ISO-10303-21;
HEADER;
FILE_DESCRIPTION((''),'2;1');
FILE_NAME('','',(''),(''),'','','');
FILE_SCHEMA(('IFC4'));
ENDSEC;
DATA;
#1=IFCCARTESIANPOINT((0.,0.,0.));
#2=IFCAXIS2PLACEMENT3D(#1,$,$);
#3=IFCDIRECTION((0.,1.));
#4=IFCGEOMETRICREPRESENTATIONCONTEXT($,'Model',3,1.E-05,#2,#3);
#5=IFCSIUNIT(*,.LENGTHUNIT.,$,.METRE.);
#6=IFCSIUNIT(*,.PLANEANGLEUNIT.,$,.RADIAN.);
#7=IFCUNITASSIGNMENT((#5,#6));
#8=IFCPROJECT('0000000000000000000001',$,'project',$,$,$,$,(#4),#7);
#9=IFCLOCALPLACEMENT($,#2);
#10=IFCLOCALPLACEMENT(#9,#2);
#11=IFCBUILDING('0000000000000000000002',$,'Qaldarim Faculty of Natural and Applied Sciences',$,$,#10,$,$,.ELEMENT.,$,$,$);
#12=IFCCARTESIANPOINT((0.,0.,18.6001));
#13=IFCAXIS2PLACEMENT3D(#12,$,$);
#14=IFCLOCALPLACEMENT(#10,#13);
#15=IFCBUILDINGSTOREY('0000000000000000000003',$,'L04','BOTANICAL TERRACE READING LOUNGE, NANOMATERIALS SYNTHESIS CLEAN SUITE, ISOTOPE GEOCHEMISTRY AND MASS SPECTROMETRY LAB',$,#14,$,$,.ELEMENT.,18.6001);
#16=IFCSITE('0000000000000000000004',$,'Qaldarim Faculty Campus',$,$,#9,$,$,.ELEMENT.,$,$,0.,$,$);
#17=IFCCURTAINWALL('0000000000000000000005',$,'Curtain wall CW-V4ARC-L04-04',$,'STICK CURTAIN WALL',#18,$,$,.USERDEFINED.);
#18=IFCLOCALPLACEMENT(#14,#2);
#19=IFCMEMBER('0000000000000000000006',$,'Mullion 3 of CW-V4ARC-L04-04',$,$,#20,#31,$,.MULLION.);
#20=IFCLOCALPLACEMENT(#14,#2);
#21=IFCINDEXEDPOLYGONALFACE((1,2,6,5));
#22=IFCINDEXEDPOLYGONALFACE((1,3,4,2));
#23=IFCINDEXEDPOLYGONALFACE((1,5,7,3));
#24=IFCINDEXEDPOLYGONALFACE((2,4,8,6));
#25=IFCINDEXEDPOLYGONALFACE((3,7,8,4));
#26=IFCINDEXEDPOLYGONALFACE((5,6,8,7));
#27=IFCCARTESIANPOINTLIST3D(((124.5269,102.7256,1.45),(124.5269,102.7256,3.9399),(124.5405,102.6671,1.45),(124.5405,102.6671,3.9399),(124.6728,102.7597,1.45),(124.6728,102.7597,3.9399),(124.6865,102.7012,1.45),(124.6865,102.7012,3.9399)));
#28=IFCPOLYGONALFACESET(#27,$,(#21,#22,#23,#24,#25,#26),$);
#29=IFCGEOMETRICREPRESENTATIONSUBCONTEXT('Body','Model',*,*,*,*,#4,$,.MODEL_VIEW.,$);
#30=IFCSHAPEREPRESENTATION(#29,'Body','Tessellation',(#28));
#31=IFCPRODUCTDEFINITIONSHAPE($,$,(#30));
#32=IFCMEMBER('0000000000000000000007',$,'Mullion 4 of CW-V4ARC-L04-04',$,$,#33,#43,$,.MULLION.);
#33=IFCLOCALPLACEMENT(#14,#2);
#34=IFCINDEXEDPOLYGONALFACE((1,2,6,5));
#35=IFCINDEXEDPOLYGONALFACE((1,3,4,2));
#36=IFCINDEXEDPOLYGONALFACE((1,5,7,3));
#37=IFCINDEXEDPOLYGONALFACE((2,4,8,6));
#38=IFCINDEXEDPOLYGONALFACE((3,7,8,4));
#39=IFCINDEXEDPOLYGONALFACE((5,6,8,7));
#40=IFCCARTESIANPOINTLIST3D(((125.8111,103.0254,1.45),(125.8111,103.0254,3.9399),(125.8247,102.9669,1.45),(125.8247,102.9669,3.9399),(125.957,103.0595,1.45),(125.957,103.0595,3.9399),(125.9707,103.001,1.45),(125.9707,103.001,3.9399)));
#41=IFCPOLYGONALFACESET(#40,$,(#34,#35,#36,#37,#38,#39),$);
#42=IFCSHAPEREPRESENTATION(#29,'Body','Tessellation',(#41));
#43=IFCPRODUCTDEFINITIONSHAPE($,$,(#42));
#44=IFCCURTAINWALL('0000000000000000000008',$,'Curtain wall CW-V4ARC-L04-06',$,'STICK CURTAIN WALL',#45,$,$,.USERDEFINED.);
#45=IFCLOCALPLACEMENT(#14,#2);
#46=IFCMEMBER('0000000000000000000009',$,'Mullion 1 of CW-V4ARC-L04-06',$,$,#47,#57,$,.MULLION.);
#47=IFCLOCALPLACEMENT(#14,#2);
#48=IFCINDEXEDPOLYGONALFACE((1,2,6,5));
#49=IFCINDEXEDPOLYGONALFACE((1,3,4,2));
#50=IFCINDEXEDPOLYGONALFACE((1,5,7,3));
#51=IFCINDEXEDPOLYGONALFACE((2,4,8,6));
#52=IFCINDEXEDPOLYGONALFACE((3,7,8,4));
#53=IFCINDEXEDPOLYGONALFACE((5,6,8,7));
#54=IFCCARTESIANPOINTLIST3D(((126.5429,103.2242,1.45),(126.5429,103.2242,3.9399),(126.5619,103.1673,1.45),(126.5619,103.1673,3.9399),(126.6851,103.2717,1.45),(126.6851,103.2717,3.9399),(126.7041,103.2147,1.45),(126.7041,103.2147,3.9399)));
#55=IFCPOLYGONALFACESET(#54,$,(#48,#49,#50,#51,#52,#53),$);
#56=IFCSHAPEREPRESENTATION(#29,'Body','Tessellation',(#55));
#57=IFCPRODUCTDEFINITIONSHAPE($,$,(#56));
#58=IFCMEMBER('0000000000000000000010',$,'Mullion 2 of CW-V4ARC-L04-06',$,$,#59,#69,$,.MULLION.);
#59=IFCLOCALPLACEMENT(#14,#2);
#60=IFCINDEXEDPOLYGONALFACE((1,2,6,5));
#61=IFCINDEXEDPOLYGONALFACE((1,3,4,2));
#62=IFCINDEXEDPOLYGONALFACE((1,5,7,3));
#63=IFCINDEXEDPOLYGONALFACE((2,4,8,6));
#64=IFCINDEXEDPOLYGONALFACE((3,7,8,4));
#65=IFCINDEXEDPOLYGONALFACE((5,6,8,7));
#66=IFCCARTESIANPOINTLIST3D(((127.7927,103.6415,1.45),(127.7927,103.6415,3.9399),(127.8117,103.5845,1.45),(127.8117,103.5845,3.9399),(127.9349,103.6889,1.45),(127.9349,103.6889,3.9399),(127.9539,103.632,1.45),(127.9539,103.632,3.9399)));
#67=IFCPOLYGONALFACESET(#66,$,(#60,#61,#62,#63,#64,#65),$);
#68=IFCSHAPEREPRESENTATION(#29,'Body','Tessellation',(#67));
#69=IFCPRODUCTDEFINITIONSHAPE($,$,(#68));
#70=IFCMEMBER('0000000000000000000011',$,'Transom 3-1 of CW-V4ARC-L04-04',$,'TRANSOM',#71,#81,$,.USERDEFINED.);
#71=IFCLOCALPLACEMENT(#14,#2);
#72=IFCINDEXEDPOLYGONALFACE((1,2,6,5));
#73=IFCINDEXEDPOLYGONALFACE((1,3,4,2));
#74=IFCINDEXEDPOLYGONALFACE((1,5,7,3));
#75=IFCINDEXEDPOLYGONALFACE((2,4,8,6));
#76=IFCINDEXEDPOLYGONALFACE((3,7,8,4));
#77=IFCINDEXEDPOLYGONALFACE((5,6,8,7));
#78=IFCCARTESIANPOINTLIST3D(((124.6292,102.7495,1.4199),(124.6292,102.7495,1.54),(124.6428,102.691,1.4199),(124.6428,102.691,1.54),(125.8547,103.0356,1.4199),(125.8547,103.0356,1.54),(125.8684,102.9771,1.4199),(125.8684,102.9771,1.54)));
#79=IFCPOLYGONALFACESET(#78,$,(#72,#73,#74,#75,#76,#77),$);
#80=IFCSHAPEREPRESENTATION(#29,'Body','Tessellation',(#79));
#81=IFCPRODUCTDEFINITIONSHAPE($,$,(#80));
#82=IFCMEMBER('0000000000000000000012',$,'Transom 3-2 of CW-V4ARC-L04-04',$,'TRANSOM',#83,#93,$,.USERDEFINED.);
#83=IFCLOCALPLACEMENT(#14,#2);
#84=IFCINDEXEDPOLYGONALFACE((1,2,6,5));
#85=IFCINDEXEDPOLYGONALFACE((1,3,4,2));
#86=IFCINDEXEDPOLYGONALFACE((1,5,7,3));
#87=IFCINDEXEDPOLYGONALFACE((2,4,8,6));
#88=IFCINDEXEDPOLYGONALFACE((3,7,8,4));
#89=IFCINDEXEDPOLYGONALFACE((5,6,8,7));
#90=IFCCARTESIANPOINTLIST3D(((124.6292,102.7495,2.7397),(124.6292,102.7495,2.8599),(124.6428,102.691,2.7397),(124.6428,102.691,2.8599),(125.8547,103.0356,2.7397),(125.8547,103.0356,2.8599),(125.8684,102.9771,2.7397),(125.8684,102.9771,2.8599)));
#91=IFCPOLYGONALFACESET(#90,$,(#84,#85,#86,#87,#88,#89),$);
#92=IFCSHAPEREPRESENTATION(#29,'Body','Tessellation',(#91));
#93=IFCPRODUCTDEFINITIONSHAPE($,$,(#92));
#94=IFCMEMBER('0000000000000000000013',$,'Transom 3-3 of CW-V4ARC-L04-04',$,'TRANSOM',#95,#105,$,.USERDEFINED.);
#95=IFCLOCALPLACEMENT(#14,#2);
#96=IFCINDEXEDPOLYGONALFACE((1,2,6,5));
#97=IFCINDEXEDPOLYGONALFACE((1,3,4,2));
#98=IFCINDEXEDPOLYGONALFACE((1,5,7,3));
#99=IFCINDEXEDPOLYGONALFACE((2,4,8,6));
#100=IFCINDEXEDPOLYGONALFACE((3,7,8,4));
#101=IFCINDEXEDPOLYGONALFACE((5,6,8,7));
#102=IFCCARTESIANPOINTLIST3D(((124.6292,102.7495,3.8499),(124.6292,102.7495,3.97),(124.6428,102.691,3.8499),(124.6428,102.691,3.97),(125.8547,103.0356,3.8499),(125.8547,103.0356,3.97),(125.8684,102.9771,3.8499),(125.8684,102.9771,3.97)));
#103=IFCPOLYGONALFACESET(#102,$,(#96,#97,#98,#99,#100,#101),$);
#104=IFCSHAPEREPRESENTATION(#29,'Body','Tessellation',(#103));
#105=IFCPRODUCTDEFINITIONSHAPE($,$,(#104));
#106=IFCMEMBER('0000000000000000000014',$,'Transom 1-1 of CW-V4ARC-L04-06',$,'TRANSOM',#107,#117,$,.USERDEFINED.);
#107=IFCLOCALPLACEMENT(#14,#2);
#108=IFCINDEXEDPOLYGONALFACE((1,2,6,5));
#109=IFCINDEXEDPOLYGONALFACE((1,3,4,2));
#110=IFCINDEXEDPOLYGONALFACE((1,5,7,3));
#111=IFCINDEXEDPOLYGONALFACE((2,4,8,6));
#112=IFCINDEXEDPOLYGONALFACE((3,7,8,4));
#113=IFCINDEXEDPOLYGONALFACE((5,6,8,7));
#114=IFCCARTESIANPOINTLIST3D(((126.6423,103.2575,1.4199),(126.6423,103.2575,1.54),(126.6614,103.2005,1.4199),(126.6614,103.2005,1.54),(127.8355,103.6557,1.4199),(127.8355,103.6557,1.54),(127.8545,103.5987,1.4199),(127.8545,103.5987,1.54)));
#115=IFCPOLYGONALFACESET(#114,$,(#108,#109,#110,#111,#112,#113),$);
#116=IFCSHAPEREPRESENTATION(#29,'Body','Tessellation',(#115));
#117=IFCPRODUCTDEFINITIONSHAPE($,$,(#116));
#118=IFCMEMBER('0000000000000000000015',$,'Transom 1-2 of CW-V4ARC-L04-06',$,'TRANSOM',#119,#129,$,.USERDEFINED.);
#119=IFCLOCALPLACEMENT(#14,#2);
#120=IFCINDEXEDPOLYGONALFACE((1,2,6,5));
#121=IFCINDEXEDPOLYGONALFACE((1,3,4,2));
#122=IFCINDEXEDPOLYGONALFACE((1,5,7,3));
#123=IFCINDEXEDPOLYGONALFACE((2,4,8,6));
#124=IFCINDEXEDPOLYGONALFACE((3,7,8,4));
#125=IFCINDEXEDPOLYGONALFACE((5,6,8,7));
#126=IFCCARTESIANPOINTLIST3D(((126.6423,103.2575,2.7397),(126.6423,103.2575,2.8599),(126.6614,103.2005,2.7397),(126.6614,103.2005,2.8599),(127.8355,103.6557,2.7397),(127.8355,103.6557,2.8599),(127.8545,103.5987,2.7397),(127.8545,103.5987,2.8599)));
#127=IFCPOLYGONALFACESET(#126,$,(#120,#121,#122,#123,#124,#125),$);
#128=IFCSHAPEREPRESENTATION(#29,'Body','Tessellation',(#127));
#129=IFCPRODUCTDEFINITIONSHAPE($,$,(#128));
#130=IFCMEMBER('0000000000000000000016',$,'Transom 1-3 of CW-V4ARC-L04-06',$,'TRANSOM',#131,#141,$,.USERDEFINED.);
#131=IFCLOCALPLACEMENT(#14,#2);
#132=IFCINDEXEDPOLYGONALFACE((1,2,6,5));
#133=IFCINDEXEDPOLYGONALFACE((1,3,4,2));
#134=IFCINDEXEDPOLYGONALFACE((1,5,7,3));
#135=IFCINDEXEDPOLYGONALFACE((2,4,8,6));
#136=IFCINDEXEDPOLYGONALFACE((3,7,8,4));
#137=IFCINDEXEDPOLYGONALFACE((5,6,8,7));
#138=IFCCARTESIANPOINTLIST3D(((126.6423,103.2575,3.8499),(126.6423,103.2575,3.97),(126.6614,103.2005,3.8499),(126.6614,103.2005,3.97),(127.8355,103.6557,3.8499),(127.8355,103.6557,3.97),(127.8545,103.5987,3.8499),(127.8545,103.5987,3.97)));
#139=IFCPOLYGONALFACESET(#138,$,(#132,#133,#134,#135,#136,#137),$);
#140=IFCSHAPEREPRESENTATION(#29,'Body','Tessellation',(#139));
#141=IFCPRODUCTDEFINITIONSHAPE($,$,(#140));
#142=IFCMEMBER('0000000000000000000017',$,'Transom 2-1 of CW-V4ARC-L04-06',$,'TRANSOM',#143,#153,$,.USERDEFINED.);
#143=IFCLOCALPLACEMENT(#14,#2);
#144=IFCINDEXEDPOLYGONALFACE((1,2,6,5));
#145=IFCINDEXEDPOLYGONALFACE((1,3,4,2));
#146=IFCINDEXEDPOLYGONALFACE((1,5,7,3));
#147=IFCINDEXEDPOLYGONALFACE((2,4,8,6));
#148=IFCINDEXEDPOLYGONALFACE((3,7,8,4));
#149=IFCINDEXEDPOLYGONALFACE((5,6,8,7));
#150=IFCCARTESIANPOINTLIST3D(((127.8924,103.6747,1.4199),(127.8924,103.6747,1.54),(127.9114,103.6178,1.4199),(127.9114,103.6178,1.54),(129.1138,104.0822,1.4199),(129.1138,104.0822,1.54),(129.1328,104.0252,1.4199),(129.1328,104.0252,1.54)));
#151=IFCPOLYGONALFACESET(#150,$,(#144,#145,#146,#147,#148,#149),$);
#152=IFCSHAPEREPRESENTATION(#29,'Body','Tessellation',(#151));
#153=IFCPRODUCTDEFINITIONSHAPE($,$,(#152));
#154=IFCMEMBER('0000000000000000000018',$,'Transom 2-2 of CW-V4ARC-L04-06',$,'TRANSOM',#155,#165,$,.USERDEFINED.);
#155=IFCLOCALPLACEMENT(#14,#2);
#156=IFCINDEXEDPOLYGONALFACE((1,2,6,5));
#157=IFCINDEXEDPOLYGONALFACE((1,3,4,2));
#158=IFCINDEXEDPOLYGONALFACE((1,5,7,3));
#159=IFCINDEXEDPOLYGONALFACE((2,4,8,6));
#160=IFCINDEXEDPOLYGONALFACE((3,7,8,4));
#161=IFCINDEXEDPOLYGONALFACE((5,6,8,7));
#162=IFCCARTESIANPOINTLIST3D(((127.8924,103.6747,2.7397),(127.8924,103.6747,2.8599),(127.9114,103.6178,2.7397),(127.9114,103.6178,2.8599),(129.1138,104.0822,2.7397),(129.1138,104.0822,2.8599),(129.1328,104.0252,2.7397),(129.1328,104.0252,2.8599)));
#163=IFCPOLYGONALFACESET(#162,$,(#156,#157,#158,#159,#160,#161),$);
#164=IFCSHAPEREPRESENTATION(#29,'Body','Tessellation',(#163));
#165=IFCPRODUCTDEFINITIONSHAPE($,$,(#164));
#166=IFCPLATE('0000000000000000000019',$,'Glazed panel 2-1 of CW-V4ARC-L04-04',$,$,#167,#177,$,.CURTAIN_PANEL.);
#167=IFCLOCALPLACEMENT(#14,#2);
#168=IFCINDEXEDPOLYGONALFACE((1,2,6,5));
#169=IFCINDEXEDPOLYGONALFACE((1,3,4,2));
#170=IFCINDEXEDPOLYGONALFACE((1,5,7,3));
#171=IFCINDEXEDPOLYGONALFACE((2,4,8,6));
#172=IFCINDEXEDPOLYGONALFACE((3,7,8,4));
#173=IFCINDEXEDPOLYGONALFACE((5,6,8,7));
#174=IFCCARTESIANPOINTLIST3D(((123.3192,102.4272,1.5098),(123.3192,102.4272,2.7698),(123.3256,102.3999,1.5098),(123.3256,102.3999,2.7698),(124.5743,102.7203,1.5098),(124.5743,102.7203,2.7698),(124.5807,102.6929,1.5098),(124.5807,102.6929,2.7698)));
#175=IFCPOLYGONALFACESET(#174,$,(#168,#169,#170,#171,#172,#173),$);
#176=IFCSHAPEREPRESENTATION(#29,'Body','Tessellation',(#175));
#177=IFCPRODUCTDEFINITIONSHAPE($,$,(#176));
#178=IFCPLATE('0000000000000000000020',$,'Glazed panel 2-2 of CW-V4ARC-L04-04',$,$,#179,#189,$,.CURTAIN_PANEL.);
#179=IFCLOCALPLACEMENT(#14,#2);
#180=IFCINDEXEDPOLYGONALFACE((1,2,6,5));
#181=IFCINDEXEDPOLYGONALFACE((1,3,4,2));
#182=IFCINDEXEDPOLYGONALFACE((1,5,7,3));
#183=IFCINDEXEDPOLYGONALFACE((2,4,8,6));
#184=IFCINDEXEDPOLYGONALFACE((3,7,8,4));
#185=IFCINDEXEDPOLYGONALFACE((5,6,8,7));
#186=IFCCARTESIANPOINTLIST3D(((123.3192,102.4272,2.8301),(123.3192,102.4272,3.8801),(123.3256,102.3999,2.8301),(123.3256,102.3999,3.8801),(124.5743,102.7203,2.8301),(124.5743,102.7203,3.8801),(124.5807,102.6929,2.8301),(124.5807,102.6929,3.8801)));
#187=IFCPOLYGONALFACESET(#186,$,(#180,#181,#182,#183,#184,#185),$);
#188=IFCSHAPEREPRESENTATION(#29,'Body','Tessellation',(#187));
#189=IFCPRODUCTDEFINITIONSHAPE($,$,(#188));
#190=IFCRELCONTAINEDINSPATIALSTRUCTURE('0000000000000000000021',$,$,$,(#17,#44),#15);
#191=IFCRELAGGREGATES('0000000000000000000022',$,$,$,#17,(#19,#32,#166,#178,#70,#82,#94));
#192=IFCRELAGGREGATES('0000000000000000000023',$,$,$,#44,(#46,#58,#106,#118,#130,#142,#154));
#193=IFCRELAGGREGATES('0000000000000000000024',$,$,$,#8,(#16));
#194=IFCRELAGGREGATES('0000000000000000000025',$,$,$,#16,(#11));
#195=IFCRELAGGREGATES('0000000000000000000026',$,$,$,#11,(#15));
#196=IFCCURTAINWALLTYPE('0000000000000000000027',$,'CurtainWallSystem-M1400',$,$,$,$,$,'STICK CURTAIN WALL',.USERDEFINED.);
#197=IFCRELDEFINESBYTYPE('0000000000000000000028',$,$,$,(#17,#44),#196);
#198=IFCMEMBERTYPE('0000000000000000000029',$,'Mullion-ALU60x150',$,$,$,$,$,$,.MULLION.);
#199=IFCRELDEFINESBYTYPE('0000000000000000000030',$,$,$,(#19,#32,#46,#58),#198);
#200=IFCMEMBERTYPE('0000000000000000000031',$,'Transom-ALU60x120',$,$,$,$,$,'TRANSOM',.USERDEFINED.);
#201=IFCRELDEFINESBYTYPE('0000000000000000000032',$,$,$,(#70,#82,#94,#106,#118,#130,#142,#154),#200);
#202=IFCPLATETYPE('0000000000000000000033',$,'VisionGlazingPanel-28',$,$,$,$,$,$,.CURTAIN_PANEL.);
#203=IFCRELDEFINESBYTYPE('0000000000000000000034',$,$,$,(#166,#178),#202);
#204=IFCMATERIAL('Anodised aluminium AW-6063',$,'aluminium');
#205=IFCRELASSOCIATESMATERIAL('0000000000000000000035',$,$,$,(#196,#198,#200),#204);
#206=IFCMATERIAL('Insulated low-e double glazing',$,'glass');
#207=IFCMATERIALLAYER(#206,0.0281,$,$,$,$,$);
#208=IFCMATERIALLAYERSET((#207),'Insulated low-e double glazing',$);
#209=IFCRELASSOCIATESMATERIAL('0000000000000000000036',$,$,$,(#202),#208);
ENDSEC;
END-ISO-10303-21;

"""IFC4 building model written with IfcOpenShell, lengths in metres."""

from ifc_helpers import new_model, si_unit, direction, frame, origin, origin_2d, place, context, subcontext, project, spatial, rectangle, extrude, material, layer, layer_set, material_profile, profile_set, type_object, element, aggregate, save


model = new_model("IFC4")

# Units and contexts
model_context = context("Model", 3, precision=1e-05, world=origin(), true_north=direction((0.0, 1.0)))
body_context = subcontext(model_context, "Body", "Model", "MODEL_VIEW")
ifc_project = project(units=[si_unit("LENGTHUNIT", "METRE"), si_unit("PLANEANGLEUNIT", "RADIAN")], contexts=[model_context])

# Site, building, storey
site_placement = place(None, origin())
site = spatial("IfcSite", under=ifc_project, at=site_placement, Name="Qaldarim Faculty Campus", CompositionType="ELEMENT", RefElevation=0.0)
building_placement = place(site_placement, origin())
building = spatial("IfcBuilding", under=site, at=building_placement, Name="Qaldarim Faculty of Natural and Applied Sciences", CompositionType="ELEMENT")
storey_placement = place(building_placement, frame((0.0, 0.0, 18.6001)))
storey = spatial("IfcBuildingStorey", under=building, at=storey_placement, Name="L04", Description="BOTANICAL TERRACE READING LOUNGE, NANOMATERIALS SYNTHESIS CLEAN SUITE, ISOTOPE GEOCHEMISTRY AND MASS SPECTROMETRY LAB", CompositionType="ELEMENT", Elevation=18.6001)

# Curtain walls, members
ifc_material_1 = material(Name="Anodised aluminium AW-6063", Category="aluminium")
curtain_wall_type = type_object("IfcCurtainWallType", Name="CurtainWallSystem-M1400", ElementType="STICK CURTAIN WALL", PredefinedType="USERDEFINED", material=ifc_material_1)
curtain_wall_1_placement = place(storey_placement, origin())
curtain_wall_1 = element("IfcCurtainWall", 1, at=curtain_wall_1_placement, inside=storey, type_object=curtain_wall_type, Name="Curtain wall CW-V4ARC-L04-04", ObjectType="STICK CURTAIN WALL", PredefinedType="USERDEFINED")
ifc_material_profile_1 = material_profile(ifc_material_1, rectangle(XDim=0.0601, YDim=0.1499, at=origin_2d()), Name="ALU-M60x150")
ifc_profile_set_1 = profile_set([ifc_material_profile_1], Name="Anodised aluminium AW-6063")
member_type_1 = type_object("IfcMemberType", Name="Mullion-ALU60x150", PredefinedType="MULLION", material=ifc_profile_set_1)
member_1_placement = place(storey_placement, frame((124.6067, 102.7134, 1.45), z_axis=(0.0, 0.0, 1.0), x_axis=(-0.227382, 0.973806, 0.0)))
member_1 = element("IfcMember", 2, at=member_1_placement, type_object=member_type_1, Name="Mullion 3 of CW-V4ARC-L04-04", PredefinedType="MULLION", context=body_context, shape_type="SweptSolid", body=[
    extrude(rectangle(XDim=0.0601, YDim=0.1499, at=origin_2d()), origin(), (0.0, 0.0, 1.0), 2.49),
])
member_2_placement = place(storey_placement, frame((125.8909, 103.0132, 1.45), z_axis=(0.0, 0.0, 1.0), x_axis=(-0.227382, 0.973806, 0.0)))
member_2 = element("IfcMember", 3, at=member_2_placement, type_object=member_type_1, Name="Mullion 4 of CW-V4ARC-L04-04", PredefinedType="MULLION", context=body_context, shape_type="SweptSolid", body=[
    extrude(rectangle(XDim=0.0601, YDim=0.1499, at=origin_2d()), origin(), (0.0, 0.0, 1.0), 2.49),
])
curtain_wall_2_placement = place(storey_placement, origin())
curtain_wall_2 = element("IfcCurtainWall", 4, at=curtain_wall_2_placement, inside=storey, type_object=curtain_wall_type, Name="Curtain wall CW-V4ARC-L04-06", ObjectType="STICK CURTAIN WALL", PredefinedType="USERDEFINED")
member_3_placement = place(storey_placement, frame((126.6235, 103.2195, 1.45), z_axis=(0.0, 0.0, 1.0), x_axis=(-0.316593, 0.948562, 0.0)))
member_3 = element("IfcMember", 5, at=member_3_placement, type_object=member_type_1, Name="Mullion 1 of CW-V4ARC-L04-06", PredefinedType="MULLION", context=body_context, shape_type="SweptSolid", body=[
    extrude(rectangle(XDim=0.0601, YDim=0.1499, at=origin_2d()), origin(), (0.0, 0.0, 1.0), 2.49),
])
member_4_placement = place(storey_placement, frame((127.8733, 103.6367, 1.45), z_axis=(0.0, 0.0, 1.0), x_axis=(-0.316593, 0.948562, 0.0)))
member_4 = element("IfcMember", 6, at=member_4_placement, type_object=member_type_1, Name="Mullion 2 of CW-V4ARC-L04-06", PredefinedType="MULLION", context=body_context, shape_type="SweptSolid", body=[
    extrude(rectangle(XDim=0.0601, YDim=0.1499, at=origin_2d()), origin(), (0.0, 0.0, 1.0), 2.49),
])

# Members
ifc_material_profile_2 = material_profile(ifc_material_1, rectangle(XDim=0.0601, YDim=0.1201, at=origin_2d()), Name="ALU-T60x120")
ifc_profile_set_2 = profile_set([ifc_material_profile_2], Name="Anodised aluminium AW-6063")
member_type_2 = type_object("IfcMemberType", Name="Transom-ALU60x120", ElementType="TRANSOM", PredefinedType="USERDEFINED", material=ifc_profile_set_2)
member_5_placement = place(storey_placement, frame((124.636, 102.7202, 1.48), z_axis=(0.973813, 0.227352, 0.0), x_axis=(-0.227352, 0.973813, 0.0)))
member_5 = element("IfcMember", 7, at=member_5_placement, type_object=member_type_2, Name="Transom 3-1 of CW-V4ARC-L04-04", ObjectType="TRANSOM", PredefinedType="USERDEFINED", context=body_context, shape_type="SweptSolid", body=[
    extrude(rectangle(XDim=0.0601, YDim=0.1201, at=origin_2d()), origin(), (0.0, 0.0, 1.0), 1.2585),
])
member_6_placement = place(storey_placement, frame((124.636, 102.7202, 2.7998), z_axis=(0.973813, 0.227352, 0.0), x_axis=(-0.227352, 0.973813, 0.0)))
member_6 = element("IfcMember", 8, at=member_6_placement, type_object=member_type_2, Name="Transom 3-2 of CW-V4ARC-L04-04", ObjectType="TRANSOM", PredefinedType="USERDEFINED", context=body_context, shape_type="SweptSolid", body=[
    extrude(rectangle(XDim=0.0601, YDim=0.1201, at=origin_2d()), origin(), (0.0, 0.0, 1.0), 1.2585),
])
member_7_placement = place(storey_placement, frame((124.636, 102.7202, 3.9099), z_axis=(0.973813, 0.227352, 0.0), x_axis=(-0.227352, 0.973813, 0.0)))
member_7 = element("IfcMember", 9, at=member_7_placement, type_object=member_type_2, Name="Transom 3-3 of CW-V4ARC-L04-04", ObjectType="TRANSOM", PredefinedType="USERDEFINED", context=body_context, shape_type="SweptSolid", body=[
    extrude(rectangle(XDim=0.0601, YDim=0.1201, at=origin_2d()), origin(), (0.0, 0.0, 1.0), 1.2585),
])
member_8_placement = place(storey_placement, frame((126.6519, 103.229, 1.48), z_axis=(0.948567, 0.316577, 0.0), x_axis=(-0.316577, 0.948567, 0.0)))
member_8 = element("IfcMember", 10, at=member_8_placement, type_object=member_type_2, Name="Transom 1-1 of CW-V4ARC-L04-06", ObjectType="TRANSOM", PredefinedType="USERDEFINED", context=body_context, shape_type="SweptSolid", body=[
    extrude(rectangle(XDim=0.0601, YDim=0.1201, at=origin_2d()), origin(), (0.0, 0.0, 1.0), 1.2578),
])
member_9_placement = place(storey_placement, frame((126.6519, 103.229, 2.7998), z_axis=(0.948567, 0.316577, 0.0), x_axis=(-0.316577, 0.948567, 0.0)))
member_9 = element("IfcMember", 11, at=member_9_placement, type_object=member_type_2, Name="Transom 1-2 of CW-V4ARC-L04-06", ObjectType="TRANSOM", PredefinedType="USERDEFINED", context=body_context, shape_type="SweptSolid", body=[
    extrude(rectangle(XDim=0.0601, YDim=0.1201, at=origin_2d()), origin(), (0.0, 0.0, 1.0), 1.2578),
])
member_10_placement = place(storey_placement, frame((126.6519, 103.229, 3.9099), z_axis=(0.948567, 0.316577, 0.0), x_axis=(-0.316577, 0.948567, 0.0)))
member_10 = element("IfcMember", 12, at=member_10_placement, type_object=member_type_2, Name="Transom 1-3 of CW-V4ARC-L04-06", ObjectType="TRANSOM", PredefinedType="USERDEFINED", context=body_context, shape_type="SweptSolid", body=[
    extrude(rectangle(XDim=0.0601, YDim=0.1201, at=origin_2d()), origin(), (0.0, 0.0, 1.0), 1.2578),
])
member_11_placement = place(storey_placement, frame((127.9019, 103.6462, 1.48), z_axis=(0.948607, 0.316455, 0.0), x_axis=(-0.316455, 0.948607, 0.0)))
member_11 = element("IfcMember", 13, at=member_11_placement, type_object=member_type_2, Name="Transom 2-1 of CW-V4ARC-L04-06", ObjectType="TRANSOM", PredefinedType="USERDEFINED", context=body_context, shape_type="SweptSolid", body=[
    extrude(rectangle(XDim=0.0601, YDim=0.1201, at=origin_2d()), origin(), (0.0, 0.0, 1.0), 1.2876),
])
member_12_placement = place(storey_placement, frame((127.9019, 103.6462, 2.7998), z_axis=(0.948607, 0.316455, 0.0), x_axis=(-0.316455, 0.948607, 0.0)))
member_12 = element("IfcMember", 14, at=member_12_placement, type_object=member_type_2, Name="Transom 2-2 of CW-V4ARC-L04-06", ObjectType="TRANSOM", PredefinedType="USERDEFINED", context=body_context, shape_type="SweptSolid", body=[
    extrude(rectangle(XDim=0.0601, YDim=0.1201, at=origin_2d()), origin(), (0.0, 0.0, 1.0), 1.2876),
])

# Plates
ifc_material_2 = material(Name="Insulated low-e double glazing", Category="glass")
ifc_layer_1 = layer(ifc_material_2, 0.0281)
ifc_layer_set_1 = layer_set([ifc_layer_1], Name="Insulated low-e double glazing")
plate_type = type_object("IfcPlateType", Name="VisionGlazingPanel-28", PredefinedType="CURTAIN_PANEL", material=ifc_layer_set_1)
plate_1_placement = place(storey_placement, frame((123.95, 102.5601, 1.5098), z_axis=(0.0, 0.0, 1.0), x_axis=(0.973806, 0.227382, 0.0)))
plate_1 = element("IfcPlate", 15, at=plate_1_placement, type_object=plate_type, Name="Glazed panel 2-1 of CW-V4ARC-L04-04", PredefinedType="CURTAIN_PANEL", context=body_context, shape_type="SweptSolid", body=[
    extrude(rectangle(XDim=1.2888, YDim=0.0281, at=origin_2d()), origin(), (0.0, 0.0, 1.0), 1.26),
])
plate_2_placement = place(storey_placement, frame((123.95, 102.5601, 2.8301), z_axis=(0.0, 0.0, 1.0), x_axis=(0.973806, 0.227382, 0.0)))
plate_2 = element("IfcPlate", 16, at=plate_2_placement, type_object=plate_type, Name="Glazed panel 2-2 of CW-V4ARC-L04-04", PredefinedType="CURTAIN_PANEL", context=body_context, shape_type="SweptSolid", body=[
    extrude(rectangle(XDim=1.2888, YDim=0.0281, at=origin_2d()), origin(), (0.0, 0.0, 1.0), 1.05),
])
aggregate(curtain_wall_1, [member_1, member_2, plate_1, plate_2, member_5, member_6, member_7])
aggregate(curtain_wall_2, [member_3, member_4, member_8, member_9, member_10, member_11, member_12])

save(model, "model.ifc")
